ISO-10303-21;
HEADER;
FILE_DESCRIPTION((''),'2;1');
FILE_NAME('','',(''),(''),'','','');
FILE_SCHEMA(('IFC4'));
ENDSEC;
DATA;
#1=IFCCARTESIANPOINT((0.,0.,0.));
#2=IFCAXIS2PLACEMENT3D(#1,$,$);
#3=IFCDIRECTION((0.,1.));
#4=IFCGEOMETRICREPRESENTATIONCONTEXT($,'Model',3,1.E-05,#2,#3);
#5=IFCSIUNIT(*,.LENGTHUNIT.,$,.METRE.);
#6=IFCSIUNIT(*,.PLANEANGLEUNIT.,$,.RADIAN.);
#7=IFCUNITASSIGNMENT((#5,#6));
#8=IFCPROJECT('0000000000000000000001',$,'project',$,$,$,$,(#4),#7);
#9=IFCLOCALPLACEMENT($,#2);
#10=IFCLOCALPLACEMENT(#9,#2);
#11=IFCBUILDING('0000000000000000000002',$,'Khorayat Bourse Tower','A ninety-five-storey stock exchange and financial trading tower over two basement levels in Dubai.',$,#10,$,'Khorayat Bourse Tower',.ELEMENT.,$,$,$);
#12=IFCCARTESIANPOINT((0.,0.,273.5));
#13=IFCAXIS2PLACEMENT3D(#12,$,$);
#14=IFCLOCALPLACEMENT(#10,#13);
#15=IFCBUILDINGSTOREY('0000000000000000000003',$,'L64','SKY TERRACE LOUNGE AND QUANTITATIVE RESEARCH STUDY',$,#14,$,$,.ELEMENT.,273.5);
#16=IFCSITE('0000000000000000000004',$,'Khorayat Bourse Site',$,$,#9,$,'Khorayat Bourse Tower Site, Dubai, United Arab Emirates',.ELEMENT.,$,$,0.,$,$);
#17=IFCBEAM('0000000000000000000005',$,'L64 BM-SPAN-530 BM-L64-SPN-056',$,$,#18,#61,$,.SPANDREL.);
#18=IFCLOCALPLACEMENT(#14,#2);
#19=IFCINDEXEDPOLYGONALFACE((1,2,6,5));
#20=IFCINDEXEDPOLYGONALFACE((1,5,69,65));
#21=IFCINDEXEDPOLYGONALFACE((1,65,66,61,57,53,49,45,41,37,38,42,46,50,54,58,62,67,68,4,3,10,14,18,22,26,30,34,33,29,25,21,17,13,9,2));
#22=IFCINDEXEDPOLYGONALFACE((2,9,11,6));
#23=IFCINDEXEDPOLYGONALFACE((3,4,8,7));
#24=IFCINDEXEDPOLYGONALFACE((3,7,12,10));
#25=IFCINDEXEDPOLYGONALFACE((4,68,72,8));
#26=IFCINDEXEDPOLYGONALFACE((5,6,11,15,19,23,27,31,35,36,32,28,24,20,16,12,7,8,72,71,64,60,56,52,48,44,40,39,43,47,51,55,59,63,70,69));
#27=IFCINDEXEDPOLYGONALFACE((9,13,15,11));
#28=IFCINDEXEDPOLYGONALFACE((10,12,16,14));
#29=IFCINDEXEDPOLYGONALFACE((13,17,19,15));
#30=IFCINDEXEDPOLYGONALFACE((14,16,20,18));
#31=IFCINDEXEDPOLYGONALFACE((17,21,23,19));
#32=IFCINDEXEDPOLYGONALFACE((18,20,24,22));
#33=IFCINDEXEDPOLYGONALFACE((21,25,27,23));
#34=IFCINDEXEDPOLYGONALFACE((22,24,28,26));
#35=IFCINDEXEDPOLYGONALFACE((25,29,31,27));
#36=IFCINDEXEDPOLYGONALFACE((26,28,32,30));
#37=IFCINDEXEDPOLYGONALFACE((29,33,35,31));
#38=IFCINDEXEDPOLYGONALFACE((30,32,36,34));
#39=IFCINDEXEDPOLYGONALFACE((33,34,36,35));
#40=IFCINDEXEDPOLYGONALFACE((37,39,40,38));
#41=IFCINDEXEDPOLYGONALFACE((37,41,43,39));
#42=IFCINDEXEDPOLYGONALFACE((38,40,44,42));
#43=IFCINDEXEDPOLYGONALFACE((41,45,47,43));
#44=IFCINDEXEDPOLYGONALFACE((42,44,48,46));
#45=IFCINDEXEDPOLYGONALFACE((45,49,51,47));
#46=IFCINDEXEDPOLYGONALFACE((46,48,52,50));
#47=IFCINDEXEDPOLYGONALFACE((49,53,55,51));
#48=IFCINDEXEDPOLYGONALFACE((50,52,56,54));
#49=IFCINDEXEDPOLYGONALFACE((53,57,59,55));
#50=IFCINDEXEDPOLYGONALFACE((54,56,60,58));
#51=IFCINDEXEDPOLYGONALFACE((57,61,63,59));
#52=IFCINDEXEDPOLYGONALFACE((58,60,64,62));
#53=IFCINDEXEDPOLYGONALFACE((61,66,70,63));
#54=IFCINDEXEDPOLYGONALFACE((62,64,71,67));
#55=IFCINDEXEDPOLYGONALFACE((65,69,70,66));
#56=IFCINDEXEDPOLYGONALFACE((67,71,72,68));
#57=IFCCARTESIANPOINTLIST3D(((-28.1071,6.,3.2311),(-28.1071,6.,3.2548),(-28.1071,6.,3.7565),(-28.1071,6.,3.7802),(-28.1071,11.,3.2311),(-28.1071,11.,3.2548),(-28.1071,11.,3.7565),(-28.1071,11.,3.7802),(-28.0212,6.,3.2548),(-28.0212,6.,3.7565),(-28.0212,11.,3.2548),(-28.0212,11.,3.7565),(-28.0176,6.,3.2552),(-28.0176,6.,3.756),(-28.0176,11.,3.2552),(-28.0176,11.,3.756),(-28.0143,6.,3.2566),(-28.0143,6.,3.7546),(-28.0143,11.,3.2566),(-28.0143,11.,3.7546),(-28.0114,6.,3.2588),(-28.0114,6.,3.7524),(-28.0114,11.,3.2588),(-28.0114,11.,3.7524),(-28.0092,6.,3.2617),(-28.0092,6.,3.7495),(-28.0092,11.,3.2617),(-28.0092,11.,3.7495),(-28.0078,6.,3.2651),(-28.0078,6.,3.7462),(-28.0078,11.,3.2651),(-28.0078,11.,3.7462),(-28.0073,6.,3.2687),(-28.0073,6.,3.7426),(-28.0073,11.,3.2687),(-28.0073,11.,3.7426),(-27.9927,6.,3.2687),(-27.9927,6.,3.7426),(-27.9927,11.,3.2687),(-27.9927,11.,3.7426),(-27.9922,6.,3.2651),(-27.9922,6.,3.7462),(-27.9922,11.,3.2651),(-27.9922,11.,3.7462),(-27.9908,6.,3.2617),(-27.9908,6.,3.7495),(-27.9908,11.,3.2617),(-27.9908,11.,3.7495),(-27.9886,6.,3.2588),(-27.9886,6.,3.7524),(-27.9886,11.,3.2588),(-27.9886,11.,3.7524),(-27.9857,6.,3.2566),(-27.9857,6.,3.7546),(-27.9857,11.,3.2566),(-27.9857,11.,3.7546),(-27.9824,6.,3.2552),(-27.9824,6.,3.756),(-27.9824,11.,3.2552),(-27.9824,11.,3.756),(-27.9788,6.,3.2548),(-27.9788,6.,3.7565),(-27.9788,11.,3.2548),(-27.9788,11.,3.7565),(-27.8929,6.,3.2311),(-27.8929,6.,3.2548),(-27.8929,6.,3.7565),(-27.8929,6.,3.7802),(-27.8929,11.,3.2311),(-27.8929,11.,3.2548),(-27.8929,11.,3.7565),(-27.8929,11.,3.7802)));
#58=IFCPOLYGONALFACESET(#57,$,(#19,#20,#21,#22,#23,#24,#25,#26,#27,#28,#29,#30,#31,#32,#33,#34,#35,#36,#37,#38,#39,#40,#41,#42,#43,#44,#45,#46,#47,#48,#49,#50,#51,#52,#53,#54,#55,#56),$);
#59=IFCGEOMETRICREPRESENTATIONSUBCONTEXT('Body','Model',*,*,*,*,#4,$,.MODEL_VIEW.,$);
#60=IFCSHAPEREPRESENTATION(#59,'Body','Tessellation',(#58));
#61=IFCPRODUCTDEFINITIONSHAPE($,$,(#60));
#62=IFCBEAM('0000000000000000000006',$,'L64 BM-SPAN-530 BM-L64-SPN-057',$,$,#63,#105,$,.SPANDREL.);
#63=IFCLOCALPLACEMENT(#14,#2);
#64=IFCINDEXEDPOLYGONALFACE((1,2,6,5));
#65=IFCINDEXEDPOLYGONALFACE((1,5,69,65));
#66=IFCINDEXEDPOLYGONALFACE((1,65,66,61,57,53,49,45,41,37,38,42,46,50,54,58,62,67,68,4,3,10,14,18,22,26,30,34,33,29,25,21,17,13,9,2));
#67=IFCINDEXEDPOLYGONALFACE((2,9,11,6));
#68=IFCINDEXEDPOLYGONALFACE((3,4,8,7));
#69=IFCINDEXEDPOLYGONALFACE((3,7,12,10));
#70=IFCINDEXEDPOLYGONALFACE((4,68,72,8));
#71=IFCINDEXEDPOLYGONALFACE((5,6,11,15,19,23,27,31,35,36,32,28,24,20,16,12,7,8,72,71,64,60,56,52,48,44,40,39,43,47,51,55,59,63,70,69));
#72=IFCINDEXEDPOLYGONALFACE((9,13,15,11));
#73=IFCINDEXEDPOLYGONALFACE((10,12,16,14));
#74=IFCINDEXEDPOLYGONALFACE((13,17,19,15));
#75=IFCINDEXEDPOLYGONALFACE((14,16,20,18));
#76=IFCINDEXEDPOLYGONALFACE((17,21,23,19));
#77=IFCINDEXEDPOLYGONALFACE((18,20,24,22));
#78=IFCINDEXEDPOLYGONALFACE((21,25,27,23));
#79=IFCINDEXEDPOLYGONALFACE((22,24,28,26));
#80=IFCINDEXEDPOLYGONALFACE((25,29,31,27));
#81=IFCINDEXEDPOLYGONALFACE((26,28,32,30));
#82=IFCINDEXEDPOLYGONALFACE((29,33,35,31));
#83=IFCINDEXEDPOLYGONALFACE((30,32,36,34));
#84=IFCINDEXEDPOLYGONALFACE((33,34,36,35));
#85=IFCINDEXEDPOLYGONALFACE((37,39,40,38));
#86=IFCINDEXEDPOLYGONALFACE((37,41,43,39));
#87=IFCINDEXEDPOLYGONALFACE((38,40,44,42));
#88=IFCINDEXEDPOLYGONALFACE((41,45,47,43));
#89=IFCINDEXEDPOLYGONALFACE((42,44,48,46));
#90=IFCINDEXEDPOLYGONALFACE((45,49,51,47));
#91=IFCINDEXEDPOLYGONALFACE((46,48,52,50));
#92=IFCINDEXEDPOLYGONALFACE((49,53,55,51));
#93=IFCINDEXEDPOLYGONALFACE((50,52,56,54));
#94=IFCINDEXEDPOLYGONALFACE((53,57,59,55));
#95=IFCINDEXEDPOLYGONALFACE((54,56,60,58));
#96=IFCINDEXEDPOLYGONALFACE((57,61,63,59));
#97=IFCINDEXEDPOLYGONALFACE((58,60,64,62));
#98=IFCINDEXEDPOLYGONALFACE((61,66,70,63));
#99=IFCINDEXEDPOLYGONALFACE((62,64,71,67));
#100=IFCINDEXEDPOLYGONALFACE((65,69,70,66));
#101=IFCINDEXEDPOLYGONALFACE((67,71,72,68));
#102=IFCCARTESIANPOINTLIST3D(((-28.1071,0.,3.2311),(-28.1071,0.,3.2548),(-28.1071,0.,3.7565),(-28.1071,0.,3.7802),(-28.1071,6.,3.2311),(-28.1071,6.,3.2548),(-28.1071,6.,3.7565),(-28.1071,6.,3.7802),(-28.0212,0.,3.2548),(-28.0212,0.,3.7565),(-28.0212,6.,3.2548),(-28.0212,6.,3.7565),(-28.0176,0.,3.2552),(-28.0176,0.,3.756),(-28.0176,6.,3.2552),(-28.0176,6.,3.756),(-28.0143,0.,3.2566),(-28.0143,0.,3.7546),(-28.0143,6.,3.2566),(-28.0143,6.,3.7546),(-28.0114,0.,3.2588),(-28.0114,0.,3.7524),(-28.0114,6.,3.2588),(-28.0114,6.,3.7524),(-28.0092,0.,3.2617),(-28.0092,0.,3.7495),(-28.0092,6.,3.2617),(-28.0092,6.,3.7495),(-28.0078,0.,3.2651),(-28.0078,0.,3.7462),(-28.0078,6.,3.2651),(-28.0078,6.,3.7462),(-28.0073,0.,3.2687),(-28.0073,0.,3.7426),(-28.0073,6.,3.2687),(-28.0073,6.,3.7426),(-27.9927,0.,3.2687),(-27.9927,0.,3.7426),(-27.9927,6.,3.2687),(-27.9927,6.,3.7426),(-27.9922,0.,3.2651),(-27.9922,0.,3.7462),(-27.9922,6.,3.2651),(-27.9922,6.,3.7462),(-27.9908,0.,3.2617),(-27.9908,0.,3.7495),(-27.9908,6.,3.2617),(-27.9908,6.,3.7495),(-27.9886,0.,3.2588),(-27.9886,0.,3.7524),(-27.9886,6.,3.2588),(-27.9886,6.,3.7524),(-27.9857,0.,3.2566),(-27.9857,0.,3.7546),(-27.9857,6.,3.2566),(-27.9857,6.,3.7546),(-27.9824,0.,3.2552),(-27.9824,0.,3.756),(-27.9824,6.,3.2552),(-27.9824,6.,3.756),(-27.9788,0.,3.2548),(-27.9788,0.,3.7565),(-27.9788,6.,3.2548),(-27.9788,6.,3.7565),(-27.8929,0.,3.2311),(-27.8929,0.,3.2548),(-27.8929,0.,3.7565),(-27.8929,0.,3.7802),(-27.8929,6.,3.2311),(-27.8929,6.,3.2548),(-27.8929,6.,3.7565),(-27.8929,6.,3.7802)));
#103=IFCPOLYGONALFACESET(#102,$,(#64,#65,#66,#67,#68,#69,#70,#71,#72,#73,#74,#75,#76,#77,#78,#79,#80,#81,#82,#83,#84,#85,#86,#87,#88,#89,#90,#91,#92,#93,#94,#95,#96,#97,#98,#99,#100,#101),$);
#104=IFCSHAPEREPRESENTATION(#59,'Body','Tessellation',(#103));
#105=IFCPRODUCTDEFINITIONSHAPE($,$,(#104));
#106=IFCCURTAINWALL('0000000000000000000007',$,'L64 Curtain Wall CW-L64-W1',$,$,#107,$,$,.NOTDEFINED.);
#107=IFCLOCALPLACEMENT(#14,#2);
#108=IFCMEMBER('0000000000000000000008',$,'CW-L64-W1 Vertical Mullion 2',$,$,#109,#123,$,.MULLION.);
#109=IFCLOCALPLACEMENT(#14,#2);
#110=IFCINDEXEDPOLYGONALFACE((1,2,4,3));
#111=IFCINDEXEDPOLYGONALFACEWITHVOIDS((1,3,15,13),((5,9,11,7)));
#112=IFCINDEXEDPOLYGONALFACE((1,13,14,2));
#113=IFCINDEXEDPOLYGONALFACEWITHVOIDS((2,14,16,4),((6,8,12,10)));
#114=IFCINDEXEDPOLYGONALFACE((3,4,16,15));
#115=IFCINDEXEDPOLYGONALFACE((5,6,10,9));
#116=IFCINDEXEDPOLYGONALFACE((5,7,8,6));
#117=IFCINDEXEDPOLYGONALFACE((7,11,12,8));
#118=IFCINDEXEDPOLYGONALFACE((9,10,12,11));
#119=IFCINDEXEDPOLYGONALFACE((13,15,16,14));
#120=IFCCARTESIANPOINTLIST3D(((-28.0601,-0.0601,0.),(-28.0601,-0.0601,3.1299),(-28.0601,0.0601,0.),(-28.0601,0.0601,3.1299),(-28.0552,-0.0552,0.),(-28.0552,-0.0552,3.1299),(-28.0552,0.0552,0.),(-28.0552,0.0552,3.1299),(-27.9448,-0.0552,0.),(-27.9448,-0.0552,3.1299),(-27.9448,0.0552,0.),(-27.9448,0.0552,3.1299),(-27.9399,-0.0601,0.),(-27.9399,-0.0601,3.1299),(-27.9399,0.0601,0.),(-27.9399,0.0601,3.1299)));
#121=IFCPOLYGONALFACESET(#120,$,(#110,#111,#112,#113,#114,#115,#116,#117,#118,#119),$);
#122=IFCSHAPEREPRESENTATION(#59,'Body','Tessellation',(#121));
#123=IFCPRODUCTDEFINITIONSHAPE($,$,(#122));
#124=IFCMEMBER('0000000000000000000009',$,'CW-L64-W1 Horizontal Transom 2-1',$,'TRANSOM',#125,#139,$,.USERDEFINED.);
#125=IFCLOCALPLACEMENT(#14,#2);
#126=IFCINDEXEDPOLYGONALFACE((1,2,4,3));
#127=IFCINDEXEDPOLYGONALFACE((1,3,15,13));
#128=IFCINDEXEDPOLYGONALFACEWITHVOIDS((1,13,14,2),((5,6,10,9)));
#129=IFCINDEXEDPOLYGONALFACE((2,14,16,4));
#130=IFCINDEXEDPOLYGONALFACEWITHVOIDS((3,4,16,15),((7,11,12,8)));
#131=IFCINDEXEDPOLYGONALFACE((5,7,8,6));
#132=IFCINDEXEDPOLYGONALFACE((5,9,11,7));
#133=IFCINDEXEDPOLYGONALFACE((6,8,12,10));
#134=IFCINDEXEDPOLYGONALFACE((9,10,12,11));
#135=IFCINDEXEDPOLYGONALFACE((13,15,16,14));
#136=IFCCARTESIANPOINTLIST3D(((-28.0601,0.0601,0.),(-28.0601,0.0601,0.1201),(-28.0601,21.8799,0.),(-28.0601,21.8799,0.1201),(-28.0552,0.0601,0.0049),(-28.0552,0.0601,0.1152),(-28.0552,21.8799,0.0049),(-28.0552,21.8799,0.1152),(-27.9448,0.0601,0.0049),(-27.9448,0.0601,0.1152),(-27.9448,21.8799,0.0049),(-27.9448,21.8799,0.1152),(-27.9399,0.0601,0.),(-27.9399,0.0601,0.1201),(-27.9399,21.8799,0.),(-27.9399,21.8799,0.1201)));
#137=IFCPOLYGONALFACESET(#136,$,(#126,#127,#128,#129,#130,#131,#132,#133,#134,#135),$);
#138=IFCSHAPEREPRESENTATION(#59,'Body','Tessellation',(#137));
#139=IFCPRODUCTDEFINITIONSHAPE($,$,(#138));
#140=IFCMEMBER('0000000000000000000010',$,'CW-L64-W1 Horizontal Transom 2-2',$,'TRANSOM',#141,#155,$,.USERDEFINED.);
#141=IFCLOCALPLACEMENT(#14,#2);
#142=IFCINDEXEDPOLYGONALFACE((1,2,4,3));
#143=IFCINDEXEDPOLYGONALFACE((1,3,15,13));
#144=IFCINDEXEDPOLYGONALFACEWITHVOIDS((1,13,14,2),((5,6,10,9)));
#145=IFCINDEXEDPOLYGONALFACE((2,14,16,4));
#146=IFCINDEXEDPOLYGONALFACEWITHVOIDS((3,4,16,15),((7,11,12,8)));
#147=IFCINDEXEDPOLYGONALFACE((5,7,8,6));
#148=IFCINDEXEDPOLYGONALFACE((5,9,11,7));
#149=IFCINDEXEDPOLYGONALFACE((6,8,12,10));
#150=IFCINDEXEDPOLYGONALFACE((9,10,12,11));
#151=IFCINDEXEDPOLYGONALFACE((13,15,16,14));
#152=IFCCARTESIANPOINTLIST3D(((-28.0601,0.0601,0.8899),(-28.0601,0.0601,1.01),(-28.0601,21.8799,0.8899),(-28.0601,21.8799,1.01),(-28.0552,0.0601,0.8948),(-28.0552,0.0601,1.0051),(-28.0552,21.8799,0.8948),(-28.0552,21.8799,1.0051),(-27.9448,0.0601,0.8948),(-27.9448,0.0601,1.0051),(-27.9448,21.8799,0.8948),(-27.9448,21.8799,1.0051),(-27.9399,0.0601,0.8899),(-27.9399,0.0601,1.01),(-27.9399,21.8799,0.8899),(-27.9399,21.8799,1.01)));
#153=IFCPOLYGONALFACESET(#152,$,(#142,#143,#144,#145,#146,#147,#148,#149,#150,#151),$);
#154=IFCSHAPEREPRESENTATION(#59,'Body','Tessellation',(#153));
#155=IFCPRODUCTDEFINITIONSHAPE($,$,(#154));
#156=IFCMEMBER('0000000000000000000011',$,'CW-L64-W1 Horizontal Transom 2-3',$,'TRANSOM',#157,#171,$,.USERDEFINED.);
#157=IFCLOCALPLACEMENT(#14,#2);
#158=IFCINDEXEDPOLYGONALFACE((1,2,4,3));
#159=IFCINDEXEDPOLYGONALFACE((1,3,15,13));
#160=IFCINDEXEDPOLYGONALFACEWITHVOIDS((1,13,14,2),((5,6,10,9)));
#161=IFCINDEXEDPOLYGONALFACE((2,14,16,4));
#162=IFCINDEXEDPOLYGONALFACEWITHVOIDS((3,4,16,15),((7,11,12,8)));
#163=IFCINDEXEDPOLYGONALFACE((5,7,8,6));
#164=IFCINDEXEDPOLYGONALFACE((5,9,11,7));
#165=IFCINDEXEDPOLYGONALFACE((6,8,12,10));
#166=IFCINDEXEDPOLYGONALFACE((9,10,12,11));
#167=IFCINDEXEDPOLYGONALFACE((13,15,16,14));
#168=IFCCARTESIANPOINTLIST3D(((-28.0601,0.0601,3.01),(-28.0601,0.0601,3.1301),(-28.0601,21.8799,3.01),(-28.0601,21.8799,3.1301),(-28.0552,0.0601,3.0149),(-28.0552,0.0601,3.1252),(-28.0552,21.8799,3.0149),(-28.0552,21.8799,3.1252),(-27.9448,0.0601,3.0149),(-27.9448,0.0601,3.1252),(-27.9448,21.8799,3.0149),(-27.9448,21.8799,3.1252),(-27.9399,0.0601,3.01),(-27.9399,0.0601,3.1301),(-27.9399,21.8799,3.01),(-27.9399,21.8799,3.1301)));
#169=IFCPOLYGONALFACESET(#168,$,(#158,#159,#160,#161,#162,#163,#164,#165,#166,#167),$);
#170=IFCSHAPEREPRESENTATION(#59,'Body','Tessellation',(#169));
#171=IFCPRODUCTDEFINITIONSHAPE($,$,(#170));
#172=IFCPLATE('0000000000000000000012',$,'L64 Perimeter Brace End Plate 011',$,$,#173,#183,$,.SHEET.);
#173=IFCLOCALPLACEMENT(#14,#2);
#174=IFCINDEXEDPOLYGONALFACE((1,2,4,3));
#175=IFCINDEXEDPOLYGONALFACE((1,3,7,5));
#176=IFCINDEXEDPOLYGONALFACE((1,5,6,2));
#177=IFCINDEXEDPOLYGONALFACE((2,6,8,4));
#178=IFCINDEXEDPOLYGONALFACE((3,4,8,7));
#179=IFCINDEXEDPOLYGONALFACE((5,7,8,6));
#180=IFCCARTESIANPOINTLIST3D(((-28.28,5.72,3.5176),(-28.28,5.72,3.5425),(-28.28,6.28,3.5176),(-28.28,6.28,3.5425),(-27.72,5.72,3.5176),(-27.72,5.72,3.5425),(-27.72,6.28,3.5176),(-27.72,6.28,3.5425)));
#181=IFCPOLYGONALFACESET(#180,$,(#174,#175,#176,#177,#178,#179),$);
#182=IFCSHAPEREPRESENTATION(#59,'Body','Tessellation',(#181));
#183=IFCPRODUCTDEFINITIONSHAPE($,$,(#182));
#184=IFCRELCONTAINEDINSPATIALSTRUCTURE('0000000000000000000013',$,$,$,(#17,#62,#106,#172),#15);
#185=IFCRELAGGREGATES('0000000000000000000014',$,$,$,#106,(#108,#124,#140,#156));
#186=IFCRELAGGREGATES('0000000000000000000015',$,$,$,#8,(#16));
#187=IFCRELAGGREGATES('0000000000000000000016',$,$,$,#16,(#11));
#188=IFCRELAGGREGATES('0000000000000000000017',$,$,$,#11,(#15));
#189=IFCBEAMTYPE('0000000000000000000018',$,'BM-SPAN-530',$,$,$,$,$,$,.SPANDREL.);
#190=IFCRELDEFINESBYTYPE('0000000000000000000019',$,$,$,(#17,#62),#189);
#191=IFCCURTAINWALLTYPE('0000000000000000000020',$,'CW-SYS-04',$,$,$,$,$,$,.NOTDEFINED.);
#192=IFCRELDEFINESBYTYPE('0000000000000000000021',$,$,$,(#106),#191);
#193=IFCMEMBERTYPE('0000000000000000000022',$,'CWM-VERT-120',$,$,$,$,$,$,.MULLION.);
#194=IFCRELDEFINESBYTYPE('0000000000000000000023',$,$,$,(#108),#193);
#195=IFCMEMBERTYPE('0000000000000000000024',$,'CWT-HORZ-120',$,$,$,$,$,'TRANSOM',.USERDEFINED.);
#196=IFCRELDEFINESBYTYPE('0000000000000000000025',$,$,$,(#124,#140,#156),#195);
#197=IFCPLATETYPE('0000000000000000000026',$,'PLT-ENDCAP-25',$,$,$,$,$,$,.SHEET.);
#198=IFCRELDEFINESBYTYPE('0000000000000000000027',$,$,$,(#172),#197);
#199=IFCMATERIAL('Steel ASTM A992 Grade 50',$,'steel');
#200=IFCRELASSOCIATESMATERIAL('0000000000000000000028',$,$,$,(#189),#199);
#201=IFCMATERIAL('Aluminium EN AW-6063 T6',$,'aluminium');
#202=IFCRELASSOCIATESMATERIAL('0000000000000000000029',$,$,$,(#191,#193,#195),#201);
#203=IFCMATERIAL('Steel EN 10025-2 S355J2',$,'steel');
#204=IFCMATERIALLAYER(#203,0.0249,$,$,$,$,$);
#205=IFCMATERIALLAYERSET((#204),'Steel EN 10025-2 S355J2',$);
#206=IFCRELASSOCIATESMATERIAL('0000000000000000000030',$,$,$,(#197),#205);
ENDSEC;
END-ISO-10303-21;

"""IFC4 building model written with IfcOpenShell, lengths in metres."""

from ifc_helpers import new_model, si_unit, direction, frame, origin, origin_2d, place, context, subcontext, project, spatial, rectangle, hollow_rectangle, i_section, extrude, source, transform, mapped, material, layer, layer_set, material_profile, profile_set, type_object, element, aggregate, save


model = new_model("IFC4")

# Units and contexts
model_context = context("Model", 3, precision=1e-05, world=origin(), true_north=direction((0.0, 1.0)))
body_context = subcontext(model_context, "Body", "Model", "MODEL_VIEW")
ifc_project = project(units=[si_unit("LENGTHUNIT", "METRE"), si_unit("PLANEANGLEUNIT", "RADIAN")], contexts=[model_context])

# Site, building, storey
site_placement = place(None, origin())
site = spatial("IfcSite", under=ifc_project, at=site_placement, Name="Khorayat Bourse Site", LongName="Khorayat Bourse Tower Site, Dubai, United Arab Emirates", CompositionType="ELEMENT", RefElevation=0.0)
building_placement = place(site_placement, origin())
building = spatial("IfcBuilding", under=site, at=building_placement, Name="Khorayat Bourse Tower", Description="A ninety-five-storey stock exchange and financial trading tower over two basement levels in Dubai.", LongName="Khorayat Bourse Tower", CompositionType="ELEMENT")
storey_placement = place(building_placement, frame((0.0, 0.0, 273.5)))
storey = spatial("IfcBuildingStorey", under=building, at=storey_placement, Name="L64", Description="SKY TERRACE LOUNGE AND QUANTITATIVE RESEARCH STUDY", CompositionType="ELEMENT", Elevation=273.5)

# Beams
ifc_material_1 = material(Name="Steel ASTM A992 Grade 50", Category="steel")
ifc_material_profile_1 = material_profile(ifc_material_1, i_section(OverallWidth=0.2141, OverallDepth=0.5491, WebThickness=0.0146, FlangeThickness=0.0237, FilletRadius=0.0139, at=origin_2d()), Name="W530X138")
ifc_profile_set_1 = profile_set([ifc_material_profile_1], Name="Steel ASTM A992 Grade 50")
beam_type_1 = type_object("IfcBeamType", Name="BM-SPAN-530", PredefinedType="SPANDREL", material=ifc_profile_set_1)
shared_shape_1 = source(origin(), body_context, "Body", "SweptSolid", [
    extrude(i_section(OverallWidth=0.2141, OverallDepth=0.5491, WebThickness=0.0146, FlangeThickness=0.0237, FilletRadius=0.0139, at=origin_2d()), origin(), (0.0, 0.0, 1.0), 5.0),
])
beam_1_placement = place(storey_placement, frame((-28.0, 6.0, 3.5056), z_axis=(0.0, 1.0, 0.0), x_axis=(-1.0, 0.0, 0.0)))
element("IfcBeam", 1, at=beam_1_placement, inside=storey, type_object=beam_type_1, Name="L64 BM-SPAN-530 BM-L64-SPN-056", PredefinedType="SPANDREL", context=body_context, shape_type="MappedRepresentation", body=[
    mapped(shared_shape_1, transform((0.0, 0.0, 0.0), scale=1.0)),
])
shared_shape_2 = source(origin(), body_context, "Body", "SweptSolid", [
    extrude(i_section(OverallWidth=0.2141, OverallDepth=0.5491, WebThickness=0.0146, FlangeThickness=0.0237, FilletRadius=0.0139, at=origin_2d()), origin(), (0.0, 0.0, 1.0), 6.0),
])
beam_2_placement = place(storey_placement, frame((-28.0, 0.0, 3.5056), z_axis=(0.0, 1.0, 0.0), x_axis=(-1.0, 0.0, 0.0)))
element("IfcBeam", 2, at=beam_2_placement, inside=storey, type_object=beam_type_1, Name="L64 BM-SPAN-530 BM-L64-SPN-057", PredefinedType="SPANDREL", context=body_context, shape_type="MappedRepresentation", body=[
    mapped(shared_shape_2, transform((0.0, 0.0, 0.0), scale=1.0)),
])

# Curtain wall, members
ifc_material_2 = material(Name="Aluminium EN AW-6063 T6", Category="aluminium")
curtain_wall_type = type_object("IfcCurtainWallType", Name="CW-SYS-04", PredefinedType="NOTDEFINED", material=ifc_material_2)
curtain_wall_placement = place(storey_placement, origin())
curtain_wall = element("IfcCurtainWall", 3, at=curtain_wall_placement, inside=storey, type_object=curtain_wall_type, Name="L64 Curtain Wall CW-L64-W1", PredefinedType="NOTDEFINED")
ifc_material_profile_2 = material_profile(ifc_material_2, hollow_rectangle(XDim=0.1201, YDim=0.1201, WallThickness=0.0049, at=origin_2d()), Name="ALU 120x120x5")
ifc_profile_set_2 = profile_set([ifc_material_profile_2], Name="Aluminium EN AW-6063 T6")
member_type_1 = type_object("IfcMemberType", Name="CWM-VERT-120", PredefinedType="MULLION", material=ifc_profile_set_2)
shared_shape_3 = source(origin(), body_context, "Body", "SweptSolid", [
    extrude(hollow_rectangle(XDim=0.1201, YDim=0.1201, WallThickness=0.0049, at=origin_2d()), origin(), (0.0, 0.0, 1.0), 3.1299),
])
member_1_placement = place(storey_placement, frame((-28.0, 0.0, 0.0), z_axis=(0.0, 0.0, 1.0), x_axis=(-1.0, 0.0, 0.0)))
member_1 = element("IfcMember", 4, at=member_1_placement, type_object=member_type_1, Name="CW-L64-W1 Vertical Mullion 2", PredefinedType="MULLION", context=body_context, shape_type="MappedRepresentation", body=[
    mapped(shared_shape_3, transform((0.0, 0.0, 0.0), scale=1.0)),
])
ifc_material_profile_3 = material_profile(ifc_material_2, hollow_rectangle(XDim=0.1201, YDim=0.1201, WallThickness=0.0049, at=origin_2d()), Name="ALU 120x120x5")
ifc_profile_set_3 = profile_set([ifc_material_profile_3], Name="Aluminium EN AW-6063 T6")
member_type_2 = type_object("IfcMemberType", Name="CWT-HORZ-120", ElementType="TRANSOM", PredefinedType="USERDEFINED", material=ifc_profile_set_3)
shared_shape_4 = source(origin(), body_context, "Body", "SweptSolid", [
    extrude(hollow_rectangle(XDim=0.1201, YDim=0.1201, WallThickness=0.0049, at=origin_2d()), origin(), (0.0, 0.0, 1.0), 21.8198),
])
member_2_placement = place(storey_placement, frame((-28.0, 0.0601, 0.0601), z_axis=(0.0, 1.0, 0.0), x_axis=(-1.0, 0.0, 0.0)))
member_2 = element("IfcMember", 5, at=member_2_placement, type_object=member_type_2, Name="CW-L64-W1 Horizontal Transom 2-1", ObjectType="TRANSOM", PredefinedType="USERDEFINED", context=body_context, shape_type="MappedRepresentation", body=[
    mapped(shared_shape_4, transform((0.0, 0.0, 0.0), scale=1.0)),
])
member_3_placement = place(storey_placement, frame((-28.0, 0.0601, 0.95), z_axis=(0.0, 1.0, 0.0), x_axis=(-1.0, 0.0, 0.0)))
member_3 = element("IfcMember", 6, at=member_3_placement, type_object=member_type_2, Name="CW-L64-W1 Horizontal Transom 2-2", ObjectType="TRANSOM", PredefinedType="USERDEFINED", context=body_context, shape_type="MappedRepresentation", body=[
    mapped(shared_shape_4, transform((0.0, 0.0, 0.0), scale=1.0)),
])
member_4_placement = place(storey_placement, frame((-28.0, 0.0601, 3.0701), z_axis=(0.0, 1.0, 0.0), x_axis=(-1.0, 0.0, 0.0)))
member_4 = element("IfcMember", 7, at=member_4_placement, type_object=member_type_2, Name="CW-L64-W1 Horizontal Transom 2-3", ObjectType="TRANSOM", PredefinedType="USERDEFINED", context=body_context, shape_type="MappedRepresentation", body=[
    mapped(shared_shape_4, transform((0.0, 0.0, 0.0), scale=1.0)),
])

# Plate
ifc_material_3 = material(Name="Steel EN 10025-2 S355J2", Category="steel")
ifc_layer_1 = layer(ifc_material_3, 0.0249)
ifc_layer_set_1 = layer_set([ifc_layer_1], Name="Steel EN 10025-2 S355J2")
plate_type_1 = type_object("IfcPlateType", Name="PLT-ENDCAP-25", PredefinedType="SHEET", material=ifc_layer_set_1)
shared_shape_5 = source(origin(), body_context, "Body", "SweptSolid", [
    extrude(rectangle(XDim=0.5601, YDim=0.5601, at=origin_2d()), origin(), (0.0, 0.0, 1.0), 0.0249),
])
plate_1_placement = place(storey_placement, frame((-28.0, 6.0, 3.5176), z_axis=(0.0, 0.0, 1.0), x_axis=(1.0, 0.0, 0.0)))
element("IfcPlate", 8, at=plate_1_placement, inside=storey, type_object=plate_type_1, Name="L64 Perimeter Brace End Plate 011", PredefinedType="SHEET", context=body_context, shape_type="MappedRepresentation", body=[
    mapped(shared_shape_5, transform((0.0, 0.0, 0.0), scale=1.0)),
])
aggregate(curtain_wall, [member_1, member_2, member_3, member_4])

save(model, "model.ifc")
